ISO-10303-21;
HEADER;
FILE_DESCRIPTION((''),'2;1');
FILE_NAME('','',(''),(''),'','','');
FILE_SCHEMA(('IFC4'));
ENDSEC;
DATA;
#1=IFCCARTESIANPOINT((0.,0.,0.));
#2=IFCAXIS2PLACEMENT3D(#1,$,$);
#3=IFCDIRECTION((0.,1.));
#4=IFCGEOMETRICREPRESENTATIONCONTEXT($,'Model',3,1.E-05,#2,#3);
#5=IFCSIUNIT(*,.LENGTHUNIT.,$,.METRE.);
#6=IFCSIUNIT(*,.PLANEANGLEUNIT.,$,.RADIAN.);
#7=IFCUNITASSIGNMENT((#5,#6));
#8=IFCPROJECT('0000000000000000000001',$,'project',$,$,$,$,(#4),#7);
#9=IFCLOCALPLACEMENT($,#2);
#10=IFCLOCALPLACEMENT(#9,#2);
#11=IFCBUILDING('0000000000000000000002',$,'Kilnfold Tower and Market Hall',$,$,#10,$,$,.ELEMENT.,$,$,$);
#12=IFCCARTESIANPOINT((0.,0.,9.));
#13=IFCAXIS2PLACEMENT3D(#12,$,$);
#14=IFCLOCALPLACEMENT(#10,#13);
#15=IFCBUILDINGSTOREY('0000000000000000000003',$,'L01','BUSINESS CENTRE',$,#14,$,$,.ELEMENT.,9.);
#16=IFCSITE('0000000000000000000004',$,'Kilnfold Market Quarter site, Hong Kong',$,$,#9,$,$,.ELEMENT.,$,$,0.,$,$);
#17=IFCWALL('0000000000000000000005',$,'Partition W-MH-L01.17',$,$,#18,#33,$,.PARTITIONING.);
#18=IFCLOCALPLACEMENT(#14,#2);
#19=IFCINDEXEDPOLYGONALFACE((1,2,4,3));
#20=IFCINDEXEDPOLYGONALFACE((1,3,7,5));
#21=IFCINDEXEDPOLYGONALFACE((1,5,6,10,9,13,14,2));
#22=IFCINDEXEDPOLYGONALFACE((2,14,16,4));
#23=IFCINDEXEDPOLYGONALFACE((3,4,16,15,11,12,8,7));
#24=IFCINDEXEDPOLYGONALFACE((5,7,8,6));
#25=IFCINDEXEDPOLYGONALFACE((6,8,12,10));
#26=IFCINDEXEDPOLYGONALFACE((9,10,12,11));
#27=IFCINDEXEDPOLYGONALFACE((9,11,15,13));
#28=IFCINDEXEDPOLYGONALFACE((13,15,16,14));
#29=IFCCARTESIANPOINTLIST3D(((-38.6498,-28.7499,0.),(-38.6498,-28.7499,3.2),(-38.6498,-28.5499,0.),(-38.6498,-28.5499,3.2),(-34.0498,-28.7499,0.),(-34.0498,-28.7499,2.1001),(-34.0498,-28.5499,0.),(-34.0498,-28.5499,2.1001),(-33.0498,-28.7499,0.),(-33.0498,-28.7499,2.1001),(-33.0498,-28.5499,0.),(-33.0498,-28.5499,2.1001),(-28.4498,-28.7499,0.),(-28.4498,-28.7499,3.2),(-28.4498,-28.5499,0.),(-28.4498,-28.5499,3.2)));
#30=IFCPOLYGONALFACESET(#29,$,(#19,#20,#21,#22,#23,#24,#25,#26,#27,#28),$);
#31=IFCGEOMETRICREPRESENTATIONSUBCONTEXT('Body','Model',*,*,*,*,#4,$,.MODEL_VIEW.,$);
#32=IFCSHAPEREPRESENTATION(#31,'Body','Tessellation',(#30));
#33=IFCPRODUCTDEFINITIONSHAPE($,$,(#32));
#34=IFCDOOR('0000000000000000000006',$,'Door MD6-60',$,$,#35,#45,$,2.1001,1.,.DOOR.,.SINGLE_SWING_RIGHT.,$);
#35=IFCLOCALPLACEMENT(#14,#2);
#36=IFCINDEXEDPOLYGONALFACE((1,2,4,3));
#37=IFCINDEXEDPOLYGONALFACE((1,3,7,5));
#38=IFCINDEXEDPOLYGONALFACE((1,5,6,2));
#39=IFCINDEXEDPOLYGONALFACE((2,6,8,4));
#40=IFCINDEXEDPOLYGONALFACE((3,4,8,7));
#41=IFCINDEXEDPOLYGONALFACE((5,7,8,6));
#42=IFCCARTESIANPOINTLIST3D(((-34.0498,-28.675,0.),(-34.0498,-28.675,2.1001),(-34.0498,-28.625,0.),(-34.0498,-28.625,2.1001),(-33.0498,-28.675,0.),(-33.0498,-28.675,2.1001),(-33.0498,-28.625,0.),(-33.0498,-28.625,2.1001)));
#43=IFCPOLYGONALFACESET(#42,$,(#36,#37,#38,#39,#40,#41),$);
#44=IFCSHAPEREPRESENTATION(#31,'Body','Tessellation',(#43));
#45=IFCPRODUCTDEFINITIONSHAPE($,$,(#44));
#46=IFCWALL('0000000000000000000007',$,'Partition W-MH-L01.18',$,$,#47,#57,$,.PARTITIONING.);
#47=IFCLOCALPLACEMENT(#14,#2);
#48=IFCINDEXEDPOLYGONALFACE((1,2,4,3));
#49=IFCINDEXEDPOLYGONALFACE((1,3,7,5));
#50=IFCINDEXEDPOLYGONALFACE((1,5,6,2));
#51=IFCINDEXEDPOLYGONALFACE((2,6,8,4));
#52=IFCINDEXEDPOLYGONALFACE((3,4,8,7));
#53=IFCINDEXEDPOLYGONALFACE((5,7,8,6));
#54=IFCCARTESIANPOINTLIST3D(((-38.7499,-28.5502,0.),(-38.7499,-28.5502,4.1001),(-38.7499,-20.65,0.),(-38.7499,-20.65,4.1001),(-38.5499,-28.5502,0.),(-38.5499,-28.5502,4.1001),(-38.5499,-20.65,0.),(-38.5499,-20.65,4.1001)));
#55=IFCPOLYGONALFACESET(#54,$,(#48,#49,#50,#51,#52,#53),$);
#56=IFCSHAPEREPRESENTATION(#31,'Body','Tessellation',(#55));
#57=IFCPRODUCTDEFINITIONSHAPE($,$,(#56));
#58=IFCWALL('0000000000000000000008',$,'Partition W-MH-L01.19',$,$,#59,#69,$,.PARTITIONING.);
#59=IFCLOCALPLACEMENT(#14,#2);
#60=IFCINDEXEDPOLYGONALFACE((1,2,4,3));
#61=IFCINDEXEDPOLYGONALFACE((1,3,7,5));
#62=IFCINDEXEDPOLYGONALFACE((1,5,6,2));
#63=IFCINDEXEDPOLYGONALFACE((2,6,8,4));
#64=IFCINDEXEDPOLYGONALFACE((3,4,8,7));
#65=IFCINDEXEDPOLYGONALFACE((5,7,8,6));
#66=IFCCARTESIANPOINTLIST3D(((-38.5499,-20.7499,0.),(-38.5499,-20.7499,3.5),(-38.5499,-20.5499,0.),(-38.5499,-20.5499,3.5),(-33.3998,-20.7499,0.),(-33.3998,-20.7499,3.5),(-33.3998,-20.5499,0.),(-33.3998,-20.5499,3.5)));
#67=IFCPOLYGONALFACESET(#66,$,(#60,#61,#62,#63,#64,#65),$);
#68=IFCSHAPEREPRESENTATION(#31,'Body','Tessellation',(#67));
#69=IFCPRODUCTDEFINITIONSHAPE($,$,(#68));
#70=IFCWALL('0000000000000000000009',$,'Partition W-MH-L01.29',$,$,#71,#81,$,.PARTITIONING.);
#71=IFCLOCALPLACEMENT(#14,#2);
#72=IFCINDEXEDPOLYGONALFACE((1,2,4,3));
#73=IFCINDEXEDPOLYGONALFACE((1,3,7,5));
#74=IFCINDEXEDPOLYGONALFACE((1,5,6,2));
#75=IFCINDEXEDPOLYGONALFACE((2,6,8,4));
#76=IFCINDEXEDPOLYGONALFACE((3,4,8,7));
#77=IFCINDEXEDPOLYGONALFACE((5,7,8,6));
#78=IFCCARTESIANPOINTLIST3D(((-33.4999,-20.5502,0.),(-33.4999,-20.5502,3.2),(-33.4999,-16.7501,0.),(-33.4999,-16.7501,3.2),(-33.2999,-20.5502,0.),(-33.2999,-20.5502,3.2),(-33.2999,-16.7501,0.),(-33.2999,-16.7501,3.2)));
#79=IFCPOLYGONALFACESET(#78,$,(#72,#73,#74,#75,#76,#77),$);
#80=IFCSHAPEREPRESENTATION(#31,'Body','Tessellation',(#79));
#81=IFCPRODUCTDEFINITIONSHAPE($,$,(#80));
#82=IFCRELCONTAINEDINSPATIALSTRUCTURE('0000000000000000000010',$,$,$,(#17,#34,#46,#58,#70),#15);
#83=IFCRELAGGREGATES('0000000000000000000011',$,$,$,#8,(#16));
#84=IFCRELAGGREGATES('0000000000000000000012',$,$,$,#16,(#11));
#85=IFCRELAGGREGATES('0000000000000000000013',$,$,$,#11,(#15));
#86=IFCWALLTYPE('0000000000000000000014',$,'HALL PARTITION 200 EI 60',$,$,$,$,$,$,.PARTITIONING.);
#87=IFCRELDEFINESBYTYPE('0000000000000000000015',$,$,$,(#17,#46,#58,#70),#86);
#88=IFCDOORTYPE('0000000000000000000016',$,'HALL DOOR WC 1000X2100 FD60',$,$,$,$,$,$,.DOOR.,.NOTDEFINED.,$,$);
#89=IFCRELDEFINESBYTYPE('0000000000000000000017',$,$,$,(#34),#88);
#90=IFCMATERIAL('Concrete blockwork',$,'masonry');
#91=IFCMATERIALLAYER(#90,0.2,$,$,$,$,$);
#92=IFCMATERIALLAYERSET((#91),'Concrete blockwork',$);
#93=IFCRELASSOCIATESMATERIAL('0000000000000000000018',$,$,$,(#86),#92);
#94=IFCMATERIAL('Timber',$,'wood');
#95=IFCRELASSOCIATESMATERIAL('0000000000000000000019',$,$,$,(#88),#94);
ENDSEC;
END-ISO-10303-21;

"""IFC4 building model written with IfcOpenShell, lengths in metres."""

from ifc_helpers import new_model, si_unit, direction, frame, frame_2d, origin, place, context, subcontext, project, spatial, rectangle, extrude, source, transform, mapped, material, layer, layer_set, type_object, element, fill, save


model = new_model("IFC4")

# Units and contexts
model_context = context("Model", 3, precision=1e-05, world=origin(), true_north=direction((0.0, 1.0)))
body_context = subcontext(model_context, "Body", "Model", "MODEL_VIEW")
ifc_project = project(units=[si_unit("LENGTHUNIT", "METRE"), si_unit("PLANEANGLEUNIT", "RADIAN")], contexts=[model_context])

# Site, building, storey
site_placement = place(None, origin())
site = spatial("IfcSite", under=ifc_project, at=site_placement, Name="Kilnfold Market Quarter site, Hong Kong", CompositionType="ELEMENT", RefElevation=0.0)
building_placement = place(site_placement, origin())
building = spatial("IfcBuilding", under=site, at=building_placement, Name="Kilnfold Tower and Market Hall", CompositionType="ELEMENT")
storey_placement = place(building_placement, frame((0.0, 0.0, 9.0)))
storey = spatial("IfcBuildingStorey", under=building, at=storey_placement, Name="L01", Description="BUSINESS CENTRE", CompositionType="ELEMENT", Elevation=9.0)

# Shared definitions
ifc_material_1 = material(Name="Concrete blockwork", Category="masonry")
ifc_layer_1 = layer(ifc_material_1, 0.2)
ifc_layer_set_1 = layer_set([ifc_layer_1], Name="Concrete blockwork")
wall_type_1 = type_object("IfcWallType", Name="HALL PARTITION 200 EI 60", PredefinedType="PARTITIONING", material=ifc_layer_set_1)

# Wall, opening, door
shared_shape_1 = source(origin(), body_context, "Body", "SweptSolid", [
    extrude(rectangle(XDim=10.2, YDim=0.2, at=frame_2d((5.1001, 0.0))), origin(), (0.0, 0.0, 1.0), 3.2),
])
wall_1_placement = place(storey_placement, frame((-38.6499, -28.6499, 0.0), z_axis=(0.0, 0.0, 1.0), x_axis=(1.0, 0.0, 0.0)))
wall_1 = element("IfcWall", 1, at=wall_1_placement, inside=storey, type_object=wall_type_1, Name="Partition W-MH-L01.17", PredefinedType="PARTITIONING", context=body_context, shape_type="MappedRepresentation", body=[
    mapped(shared_shape_1, transform((0.0, 0.0, 0.0))),
])
opening_1_placement = place(wall_1_placement, frame((4.6001, 0.0, 0.0)))
opening_1 = element("IfcOpeningElement", 2, at=opening_1_placement, cuts=wall_1, PredefinedType="OPENING", context=body_context, shape_type="SweptSolid", body=[
    extrude(rectangle(XDim=1.0, YDim=2.1001, at=frame_2d((0.5, 1.05))), frame((0.0, 0.1099, 0.0), z_axis=(0.0, -1.0, 0.0), x_axis=(1.0, 0.0, 0.0)), (0.0, 0.0, 1.0), 0.22),
])
ifc_material_2 = material(Name="Timber", Category="wood")
door_type_1 = type_object("IfcDoorType", Name="HALL DOOR WC 1000X2100 FD60", OperationType="NOTDEFINED", PredefinedType="DOOR", material=ifc_material_2)
door_1_placement = place(opening_1_placement, origin())
door_1 = element("IfcDoor", 3, at=door_1_placement, inside=storey, type_object=door_type_1, Name="Door MD6-60", OperationType="SINGLE_SWING_RIGHT", OverallHeight=2.1001, OverallWidth=1.0, PredefinedType="DOOR", context=body_context, shape_type="SweptSolid", body=[
    extrude(rectangle(XDim=1.0, YDim=2.1001, at=frame_2d((0.5, 1.05))), frame((0.0, 0.0249, 0.0), z_axis=(0.0, -1.0, 0.0), x_axis=(1.0, 0.0, 0.0)), (0.0, 0.0, 1.0), 0.05),
])
fill(opening_1, door_1)

# Walls
shared_shape_2 = source(origin(), body_context, "Body", "SweptSolid", [
    extrude(rectangle(XDim=7.9001, YDim=0.2, at=frame_2d((3.9502, 0.0))), origin(), (0.0, 0.0, 1.0), 4.1001),
])
wall_2_placement = place(storey_placement, frame((-38.6499, -20.6499, 0.0), z_axis=(0.0, 0.0, 1.0), x_axis=(0.0, -1.0, 0.0)))
element("IfcWall", 4, at=wall_2_placement, inside=storey, type_object=wall_type_1, Name="Partition W-MH-L01.18", PredefinedType="PARTITIONING", context=body_context, shape_type="MappedRepresentation", body=[
    mapped(shared_shape_2, transform((0.0, 0.0, 0.0))),
])
shared_shape_3 = source(origin(), body_context, "Body", "SweptSolid", [
    extrude(rectangle(XDim=5.1501, YDim=0.2, at=frame_2d((2.5752, 0.0))), origin(), (0.0, 0.0, 1.0), 3.5),
])
wall_3_placement = place(storey_placement, frame((-38.55, -20.6499, 0.0), z_axis=(0.0, 0.0, 1.0), x_axis=(1.0, 0.0, 0.0)))
element("IfcWall", 5, at=wall_3_placement, inside=storey, type_object=wall_type_1, Name="Partition W-MH-L01.19", PredefinedType="PARTITIONING", context=body_context, shape_type="MappedRepresentation", body=[
    mapped(shared_shape_3, transform((0.0, 0.0, 0.0))),
])

# Wall
shared_shape_4 = source(origin(), body_context, "Body", "SweptSolid", [
    extrude(rectangle(XDim=3.8, YDim=0.2, at=frame_2d((1.8999, 0.0))), origin(), (0.0, 0.0, 1.0), 3.2),
])
wall_4_placement = place(storey_placement, frame((-33.3999, -20.55, 0.0), z_axis=(0.0, 0.0, 1.0), x_axis=(0.0, 1.0, 0.0)))
element("IfcWall", 6, at=wall_4_placement, inside=storey, type_object=wall_type_1, Name="Partition W-MH-L01.29", PredefinedType="PARTITIONING", context=body_context, shape_type="MappedRepresentation", body=[
    mapped(shared_shape_4, transform((0.0, 0.0, 0.0))),
])

save(model, "model.ifc")
